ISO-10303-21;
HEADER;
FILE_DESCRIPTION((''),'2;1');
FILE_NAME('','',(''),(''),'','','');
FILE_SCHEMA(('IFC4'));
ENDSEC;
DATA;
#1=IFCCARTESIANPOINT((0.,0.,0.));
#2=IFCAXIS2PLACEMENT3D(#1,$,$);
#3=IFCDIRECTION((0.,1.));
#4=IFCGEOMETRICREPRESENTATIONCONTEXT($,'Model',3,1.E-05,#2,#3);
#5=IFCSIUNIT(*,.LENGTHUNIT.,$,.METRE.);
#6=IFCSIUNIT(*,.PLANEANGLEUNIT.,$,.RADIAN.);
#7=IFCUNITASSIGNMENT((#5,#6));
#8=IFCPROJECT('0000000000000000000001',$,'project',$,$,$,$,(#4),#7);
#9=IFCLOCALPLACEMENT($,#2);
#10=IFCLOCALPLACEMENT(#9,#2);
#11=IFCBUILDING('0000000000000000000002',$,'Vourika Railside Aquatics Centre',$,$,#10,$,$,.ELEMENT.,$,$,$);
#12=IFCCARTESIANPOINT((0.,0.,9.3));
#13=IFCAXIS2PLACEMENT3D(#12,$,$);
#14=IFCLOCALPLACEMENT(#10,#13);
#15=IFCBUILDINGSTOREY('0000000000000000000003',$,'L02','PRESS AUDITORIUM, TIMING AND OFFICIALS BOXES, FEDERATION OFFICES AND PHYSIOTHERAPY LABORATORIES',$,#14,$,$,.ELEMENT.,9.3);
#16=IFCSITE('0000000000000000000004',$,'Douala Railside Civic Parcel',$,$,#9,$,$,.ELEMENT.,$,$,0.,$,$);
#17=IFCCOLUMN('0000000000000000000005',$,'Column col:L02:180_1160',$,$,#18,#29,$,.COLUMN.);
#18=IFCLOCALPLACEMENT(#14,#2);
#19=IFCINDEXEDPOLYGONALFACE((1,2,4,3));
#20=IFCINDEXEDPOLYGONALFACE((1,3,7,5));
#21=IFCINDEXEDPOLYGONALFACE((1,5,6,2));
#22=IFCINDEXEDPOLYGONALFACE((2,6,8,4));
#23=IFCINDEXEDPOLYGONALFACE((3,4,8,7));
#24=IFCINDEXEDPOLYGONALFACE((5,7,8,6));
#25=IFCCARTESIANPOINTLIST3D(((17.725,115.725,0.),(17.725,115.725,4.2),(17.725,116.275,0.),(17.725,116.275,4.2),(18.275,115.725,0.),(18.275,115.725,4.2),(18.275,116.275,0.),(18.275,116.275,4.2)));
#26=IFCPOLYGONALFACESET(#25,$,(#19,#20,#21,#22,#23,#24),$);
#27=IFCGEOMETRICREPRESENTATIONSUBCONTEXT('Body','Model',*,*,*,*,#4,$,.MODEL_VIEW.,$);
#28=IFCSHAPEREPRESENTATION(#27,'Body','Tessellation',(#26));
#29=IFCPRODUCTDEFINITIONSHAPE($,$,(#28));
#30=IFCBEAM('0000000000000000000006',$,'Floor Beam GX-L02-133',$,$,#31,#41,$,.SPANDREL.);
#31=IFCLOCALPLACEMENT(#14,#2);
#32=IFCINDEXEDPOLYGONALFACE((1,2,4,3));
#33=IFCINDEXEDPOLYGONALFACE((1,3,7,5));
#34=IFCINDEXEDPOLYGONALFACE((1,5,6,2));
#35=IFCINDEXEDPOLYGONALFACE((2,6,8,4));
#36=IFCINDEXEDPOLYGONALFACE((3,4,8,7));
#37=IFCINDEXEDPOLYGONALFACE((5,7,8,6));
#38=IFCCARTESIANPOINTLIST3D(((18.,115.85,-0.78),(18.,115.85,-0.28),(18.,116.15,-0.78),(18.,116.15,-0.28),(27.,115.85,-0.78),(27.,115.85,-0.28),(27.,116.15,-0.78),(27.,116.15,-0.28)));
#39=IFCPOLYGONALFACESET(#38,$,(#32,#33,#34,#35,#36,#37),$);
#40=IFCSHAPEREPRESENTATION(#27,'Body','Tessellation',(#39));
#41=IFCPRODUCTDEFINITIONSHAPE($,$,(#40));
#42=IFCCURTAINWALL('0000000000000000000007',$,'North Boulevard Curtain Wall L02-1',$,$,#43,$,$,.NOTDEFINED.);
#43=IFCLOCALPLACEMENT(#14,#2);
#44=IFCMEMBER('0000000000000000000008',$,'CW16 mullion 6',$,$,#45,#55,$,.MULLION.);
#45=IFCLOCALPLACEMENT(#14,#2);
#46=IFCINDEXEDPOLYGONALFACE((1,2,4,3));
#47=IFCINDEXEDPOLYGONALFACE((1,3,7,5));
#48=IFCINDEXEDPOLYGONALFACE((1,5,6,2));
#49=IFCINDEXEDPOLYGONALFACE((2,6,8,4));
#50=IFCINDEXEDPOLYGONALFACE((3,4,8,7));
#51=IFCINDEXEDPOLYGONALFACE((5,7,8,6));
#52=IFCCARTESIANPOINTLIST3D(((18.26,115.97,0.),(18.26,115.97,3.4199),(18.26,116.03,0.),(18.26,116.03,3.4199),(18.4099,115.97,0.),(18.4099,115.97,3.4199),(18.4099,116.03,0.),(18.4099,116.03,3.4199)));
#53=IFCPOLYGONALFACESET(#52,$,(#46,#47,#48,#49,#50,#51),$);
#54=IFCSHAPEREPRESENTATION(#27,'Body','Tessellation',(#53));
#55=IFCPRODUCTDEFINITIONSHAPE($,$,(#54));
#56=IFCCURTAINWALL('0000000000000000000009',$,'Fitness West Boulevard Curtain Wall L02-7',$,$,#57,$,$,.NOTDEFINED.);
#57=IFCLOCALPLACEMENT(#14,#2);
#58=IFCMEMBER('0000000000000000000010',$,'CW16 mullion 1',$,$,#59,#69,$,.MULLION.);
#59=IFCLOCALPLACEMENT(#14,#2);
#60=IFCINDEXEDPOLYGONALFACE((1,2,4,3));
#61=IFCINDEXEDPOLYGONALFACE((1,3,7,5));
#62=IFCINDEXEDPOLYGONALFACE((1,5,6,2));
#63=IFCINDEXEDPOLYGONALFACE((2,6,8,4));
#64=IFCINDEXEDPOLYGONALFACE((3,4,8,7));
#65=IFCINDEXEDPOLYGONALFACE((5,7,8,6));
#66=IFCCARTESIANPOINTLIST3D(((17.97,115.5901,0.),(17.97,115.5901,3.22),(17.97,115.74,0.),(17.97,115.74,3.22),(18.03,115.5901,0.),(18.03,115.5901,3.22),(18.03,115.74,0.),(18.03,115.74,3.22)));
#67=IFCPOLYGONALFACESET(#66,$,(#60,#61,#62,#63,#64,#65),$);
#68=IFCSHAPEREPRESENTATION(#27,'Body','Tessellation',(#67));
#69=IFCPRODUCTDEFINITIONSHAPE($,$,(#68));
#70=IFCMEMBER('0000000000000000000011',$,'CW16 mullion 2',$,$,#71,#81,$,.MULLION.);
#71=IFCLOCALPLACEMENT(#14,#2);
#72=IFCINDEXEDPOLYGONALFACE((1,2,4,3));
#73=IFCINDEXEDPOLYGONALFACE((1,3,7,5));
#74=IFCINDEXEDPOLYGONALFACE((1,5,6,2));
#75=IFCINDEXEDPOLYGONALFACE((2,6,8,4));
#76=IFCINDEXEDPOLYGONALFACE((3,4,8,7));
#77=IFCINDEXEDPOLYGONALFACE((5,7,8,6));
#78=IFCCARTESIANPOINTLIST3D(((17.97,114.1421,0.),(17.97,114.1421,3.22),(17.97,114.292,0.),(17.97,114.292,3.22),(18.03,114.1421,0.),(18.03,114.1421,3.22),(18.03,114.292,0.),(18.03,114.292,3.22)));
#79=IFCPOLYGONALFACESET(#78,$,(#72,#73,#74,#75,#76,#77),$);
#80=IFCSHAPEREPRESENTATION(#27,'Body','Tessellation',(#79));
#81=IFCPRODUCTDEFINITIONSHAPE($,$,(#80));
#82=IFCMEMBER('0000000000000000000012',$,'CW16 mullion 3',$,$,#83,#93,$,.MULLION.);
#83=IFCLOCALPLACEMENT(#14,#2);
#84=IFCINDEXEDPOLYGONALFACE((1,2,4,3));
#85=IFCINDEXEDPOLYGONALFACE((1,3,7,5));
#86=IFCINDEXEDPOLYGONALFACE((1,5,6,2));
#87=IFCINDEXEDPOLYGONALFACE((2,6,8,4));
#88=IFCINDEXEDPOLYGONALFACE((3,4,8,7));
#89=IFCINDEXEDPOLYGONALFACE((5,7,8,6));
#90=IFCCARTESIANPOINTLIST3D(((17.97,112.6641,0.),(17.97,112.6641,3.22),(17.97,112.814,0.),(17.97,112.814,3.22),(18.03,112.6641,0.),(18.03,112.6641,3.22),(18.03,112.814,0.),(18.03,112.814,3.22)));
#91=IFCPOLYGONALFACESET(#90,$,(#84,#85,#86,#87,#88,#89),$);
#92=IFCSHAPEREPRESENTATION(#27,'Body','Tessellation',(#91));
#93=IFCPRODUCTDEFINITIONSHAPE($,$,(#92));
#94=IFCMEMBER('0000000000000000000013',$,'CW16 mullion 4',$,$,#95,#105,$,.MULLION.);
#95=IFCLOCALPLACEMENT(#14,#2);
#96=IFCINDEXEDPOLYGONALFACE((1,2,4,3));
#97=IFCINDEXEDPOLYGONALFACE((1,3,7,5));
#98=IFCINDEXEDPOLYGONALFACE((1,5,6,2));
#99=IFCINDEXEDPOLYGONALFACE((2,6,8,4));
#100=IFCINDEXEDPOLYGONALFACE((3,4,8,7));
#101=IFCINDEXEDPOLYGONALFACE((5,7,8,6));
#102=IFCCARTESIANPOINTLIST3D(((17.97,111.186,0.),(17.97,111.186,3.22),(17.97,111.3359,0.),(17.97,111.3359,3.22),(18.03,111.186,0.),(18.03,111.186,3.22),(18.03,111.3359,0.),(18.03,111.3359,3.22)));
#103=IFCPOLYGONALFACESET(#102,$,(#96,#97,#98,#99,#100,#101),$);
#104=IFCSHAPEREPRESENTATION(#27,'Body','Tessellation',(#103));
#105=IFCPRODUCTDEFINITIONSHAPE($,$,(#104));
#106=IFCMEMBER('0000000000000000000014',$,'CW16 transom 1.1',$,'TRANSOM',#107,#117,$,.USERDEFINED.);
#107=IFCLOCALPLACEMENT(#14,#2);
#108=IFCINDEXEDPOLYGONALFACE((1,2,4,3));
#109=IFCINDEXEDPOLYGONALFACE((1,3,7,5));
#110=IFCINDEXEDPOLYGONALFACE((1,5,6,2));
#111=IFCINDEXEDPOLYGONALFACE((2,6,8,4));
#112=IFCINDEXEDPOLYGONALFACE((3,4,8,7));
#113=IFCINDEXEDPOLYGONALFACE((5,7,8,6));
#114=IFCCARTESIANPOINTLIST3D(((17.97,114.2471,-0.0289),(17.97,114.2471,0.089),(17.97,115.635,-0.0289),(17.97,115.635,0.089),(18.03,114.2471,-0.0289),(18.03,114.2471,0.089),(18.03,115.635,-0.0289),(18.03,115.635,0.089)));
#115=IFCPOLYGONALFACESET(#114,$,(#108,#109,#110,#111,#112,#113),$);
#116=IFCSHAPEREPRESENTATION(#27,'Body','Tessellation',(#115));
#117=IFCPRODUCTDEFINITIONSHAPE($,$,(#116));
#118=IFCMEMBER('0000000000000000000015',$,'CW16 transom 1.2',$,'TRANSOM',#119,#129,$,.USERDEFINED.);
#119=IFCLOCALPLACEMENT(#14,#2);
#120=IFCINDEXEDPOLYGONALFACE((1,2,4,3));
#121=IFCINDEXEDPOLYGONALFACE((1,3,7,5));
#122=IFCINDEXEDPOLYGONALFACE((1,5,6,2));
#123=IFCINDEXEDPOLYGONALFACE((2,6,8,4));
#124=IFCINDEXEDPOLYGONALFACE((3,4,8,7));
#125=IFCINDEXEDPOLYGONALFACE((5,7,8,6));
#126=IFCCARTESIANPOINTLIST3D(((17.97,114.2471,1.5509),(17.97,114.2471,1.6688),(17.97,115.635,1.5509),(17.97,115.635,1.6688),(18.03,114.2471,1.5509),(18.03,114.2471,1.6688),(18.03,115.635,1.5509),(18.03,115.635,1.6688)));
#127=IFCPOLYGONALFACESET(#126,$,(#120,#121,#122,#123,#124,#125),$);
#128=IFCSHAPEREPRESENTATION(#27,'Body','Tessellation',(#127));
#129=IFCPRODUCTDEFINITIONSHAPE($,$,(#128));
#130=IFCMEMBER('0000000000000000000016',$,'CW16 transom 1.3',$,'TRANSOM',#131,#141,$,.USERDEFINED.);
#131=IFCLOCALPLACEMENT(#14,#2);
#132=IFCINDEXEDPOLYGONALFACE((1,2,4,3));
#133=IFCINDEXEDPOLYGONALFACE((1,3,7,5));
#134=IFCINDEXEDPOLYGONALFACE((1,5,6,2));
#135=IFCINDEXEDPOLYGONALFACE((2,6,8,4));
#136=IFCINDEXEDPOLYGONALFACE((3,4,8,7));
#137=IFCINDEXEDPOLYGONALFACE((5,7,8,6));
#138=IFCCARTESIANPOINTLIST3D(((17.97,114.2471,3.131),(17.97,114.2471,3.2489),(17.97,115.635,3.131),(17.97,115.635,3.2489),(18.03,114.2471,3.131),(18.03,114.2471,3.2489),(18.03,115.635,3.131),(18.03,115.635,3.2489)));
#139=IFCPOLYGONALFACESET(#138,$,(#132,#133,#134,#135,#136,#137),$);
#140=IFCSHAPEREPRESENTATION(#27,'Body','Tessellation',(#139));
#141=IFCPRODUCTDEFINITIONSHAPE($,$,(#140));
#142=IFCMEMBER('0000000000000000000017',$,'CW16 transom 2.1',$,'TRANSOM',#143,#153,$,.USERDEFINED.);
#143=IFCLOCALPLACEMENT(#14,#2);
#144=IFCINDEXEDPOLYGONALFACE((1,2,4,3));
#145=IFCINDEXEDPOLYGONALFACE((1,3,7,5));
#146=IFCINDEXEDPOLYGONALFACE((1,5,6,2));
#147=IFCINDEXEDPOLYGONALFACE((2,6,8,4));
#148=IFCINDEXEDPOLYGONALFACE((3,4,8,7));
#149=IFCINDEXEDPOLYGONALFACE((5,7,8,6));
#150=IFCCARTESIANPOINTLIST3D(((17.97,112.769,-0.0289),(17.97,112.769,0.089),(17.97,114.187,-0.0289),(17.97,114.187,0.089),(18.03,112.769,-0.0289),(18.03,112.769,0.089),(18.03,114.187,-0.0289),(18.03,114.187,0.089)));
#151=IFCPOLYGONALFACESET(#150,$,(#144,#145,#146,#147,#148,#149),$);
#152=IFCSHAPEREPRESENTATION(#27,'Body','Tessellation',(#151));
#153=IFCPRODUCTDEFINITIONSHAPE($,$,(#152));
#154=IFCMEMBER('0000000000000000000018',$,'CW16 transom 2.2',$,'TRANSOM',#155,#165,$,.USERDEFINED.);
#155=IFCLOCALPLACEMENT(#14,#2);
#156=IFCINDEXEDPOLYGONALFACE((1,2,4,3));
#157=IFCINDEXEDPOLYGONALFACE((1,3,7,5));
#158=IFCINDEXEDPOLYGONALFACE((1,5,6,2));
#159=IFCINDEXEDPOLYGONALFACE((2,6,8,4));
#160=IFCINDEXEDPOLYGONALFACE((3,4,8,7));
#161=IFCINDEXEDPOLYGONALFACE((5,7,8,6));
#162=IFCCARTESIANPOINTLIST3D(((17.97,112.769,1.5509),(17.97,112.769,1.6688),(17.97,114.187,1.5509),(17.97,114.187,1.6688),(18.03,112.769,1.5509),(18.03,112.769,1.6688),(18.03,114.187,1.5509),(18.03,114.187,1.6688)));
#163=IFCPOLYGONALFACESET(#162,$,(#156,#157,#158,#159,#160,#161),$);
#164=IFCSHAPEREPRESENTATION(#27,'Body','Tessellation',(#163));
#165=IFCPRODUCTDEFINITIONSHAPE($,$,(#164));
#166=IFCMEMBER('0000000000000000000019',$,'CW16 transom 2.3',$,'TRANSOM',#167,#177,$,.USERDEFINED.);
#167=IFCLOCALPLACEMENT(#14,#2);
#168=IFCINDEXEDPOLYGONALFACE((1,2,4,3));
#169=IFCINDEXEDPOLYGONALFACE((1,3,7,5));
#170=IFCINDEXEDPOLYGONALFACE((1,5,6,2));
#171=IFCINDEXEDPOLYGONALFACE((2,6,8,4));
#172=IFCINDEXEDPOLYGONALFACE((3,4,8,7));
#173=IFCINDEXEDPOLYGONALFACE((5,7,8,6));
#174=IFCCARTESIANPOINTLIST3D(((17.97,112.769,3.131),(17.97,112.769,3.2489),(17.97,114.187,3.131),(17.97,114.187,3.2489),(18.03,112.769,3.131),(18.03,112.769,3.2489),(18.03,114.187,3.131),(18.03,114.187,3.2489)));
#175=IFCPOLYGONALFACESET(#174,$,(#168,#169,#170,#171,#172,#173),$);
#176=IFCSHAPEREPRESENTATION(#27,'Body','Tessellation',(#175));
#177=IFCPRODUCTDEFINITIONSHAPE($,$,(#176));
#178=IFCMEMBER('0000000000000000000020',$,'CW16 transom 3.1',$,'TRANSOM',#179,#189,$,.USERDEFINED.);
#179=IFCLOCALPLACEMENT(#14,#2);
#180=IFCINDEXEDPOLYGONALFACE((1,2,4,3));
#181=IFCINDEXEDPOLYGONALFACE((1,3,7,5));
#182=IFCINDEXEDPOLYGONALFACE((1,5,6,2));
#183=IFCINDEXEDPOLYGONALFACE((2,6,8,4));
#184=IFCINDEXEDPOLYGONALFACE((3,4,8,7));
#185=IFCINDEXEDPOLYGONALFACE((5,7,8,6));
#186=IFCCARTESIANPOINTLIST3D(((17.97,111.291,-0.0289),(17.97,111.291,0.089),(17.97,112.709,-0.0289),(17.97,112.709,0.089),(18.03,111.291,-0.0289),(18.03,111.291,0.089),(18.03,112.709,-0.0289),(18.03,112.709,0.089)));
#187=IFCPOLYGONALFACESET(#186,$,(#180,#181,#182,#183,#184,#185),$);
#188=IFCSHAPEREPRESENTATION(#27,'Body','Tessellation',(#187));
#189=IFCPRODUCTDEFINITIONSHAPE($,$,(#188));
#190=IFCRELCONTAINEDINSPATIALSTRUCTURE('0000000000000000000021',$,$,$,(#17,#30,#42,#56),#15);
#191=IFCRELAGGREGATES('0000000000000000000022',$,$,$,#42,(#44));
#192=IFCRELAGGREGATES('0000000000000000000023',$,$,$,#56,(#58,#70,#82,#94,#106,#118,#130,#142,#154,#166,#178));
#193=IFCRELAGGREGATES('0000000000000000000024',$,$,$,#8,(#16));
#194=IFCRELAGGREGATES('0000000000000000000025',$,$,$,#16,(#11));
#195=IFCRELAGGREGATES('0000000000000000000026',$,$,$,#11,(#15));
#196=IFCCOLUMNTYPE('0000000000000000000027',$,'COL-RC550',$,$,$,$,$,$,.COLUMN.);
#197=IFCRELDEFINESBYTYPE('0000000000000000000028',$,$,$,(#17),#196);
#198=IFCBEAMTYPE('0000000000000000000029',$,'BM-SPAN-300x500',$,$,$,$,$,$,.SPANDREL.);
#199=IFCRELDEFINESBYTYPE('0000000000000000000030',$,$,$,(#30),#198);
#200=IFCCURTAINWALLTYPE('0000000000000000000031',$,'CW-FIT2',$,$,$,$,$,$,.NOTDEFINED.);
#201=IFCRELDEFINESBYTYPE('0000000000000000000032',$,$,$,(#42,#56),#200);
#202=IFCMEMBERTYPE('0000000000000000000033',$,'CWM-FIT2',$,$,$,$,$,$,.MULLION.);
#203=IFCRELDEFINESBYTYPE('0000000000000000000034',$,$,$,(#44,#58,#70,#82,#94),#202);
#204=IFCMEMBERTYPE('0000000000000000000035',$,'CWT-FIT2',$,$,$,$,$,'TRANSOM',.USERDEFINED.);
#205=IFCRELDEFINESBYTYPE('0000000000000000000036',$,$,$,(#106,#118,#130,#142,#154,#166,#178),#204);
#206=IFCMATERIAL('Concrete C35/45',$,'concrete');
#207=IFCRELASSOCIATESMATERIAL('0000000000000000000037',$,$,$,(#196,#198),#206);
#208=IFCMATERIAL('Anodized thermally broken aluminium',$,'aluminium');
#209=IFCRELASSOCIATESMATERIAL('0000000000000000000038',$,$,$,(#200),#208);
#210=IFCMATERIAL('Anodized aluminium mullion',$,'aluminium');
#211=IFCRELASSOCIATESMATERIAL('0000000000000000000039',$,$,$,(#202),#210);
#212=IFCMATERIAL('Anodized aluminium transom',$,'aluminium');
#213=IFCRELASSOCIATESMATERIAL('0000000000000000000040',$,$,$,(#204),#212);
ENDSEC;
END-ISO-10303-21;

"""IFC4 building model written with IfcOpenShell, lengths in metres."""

from ifc_helpers import new_model, si_unit, direction, frame, origin, origin_2d, place, context, subcontext, project, spatial, rectangle, extrude, material, material_profile, profile_set, type_object, element, aggregate, save


model = new_model("IFC4")

# Units and contexts
model_context = context("Model", 3, precision=1e-05, world=origin(), true_north=direction((0.0, 1.0)))
body_context = subcontext(model_context, "Body", "Model", "MODEL_VIEW")
ifc_project = project(units=[si_unit("LENGTHUNIT", "METRE"), si_unit("PLANEANGLEUNIT", "RADIAN")], contexts=[model_context])

# Site, building, storey
site_placement = place(None, origin())
site = spatial("IfcSite", under=ifc_project, at=site_placement, Name="Douala Railside Civic Parcel", CompositionType="ELEMENT", RefElevation=0.0)
building_placement = place(site_placement, origin())
building = spatial("IfcBuilding", under=site, at=building_placement, Name="Vourika Railside Aquatics Centre", CompositionType="ELEMENT")
storey_placement = place(building_placement, frame((0.0, 0.0, 9.3)))
storey = spatial("IfcBuildingStorey", under=building, at=storey_placement, Name="L02", Description="PRESS AUDITORIUM, TIMING AND OFFICIALS BOXES, FEDERATION OFFICES AND PHYSIOTHERAPY LABORATORIES", CompositionType="ELEMENT", Elevation=9.3)

# Column
ifc_material_1 = material(Name="Concrete C35/45", Category="concrete")
ifc_material_profile_1 = material_profile(ifc_material_1, rectangle(XDim=0.55, YDim=0.55, at=origin_2d()), Name="RC 550x550")
ifc_profile_set_1 = profile_set([ifc_material_profile_1], Name="Concrete C35/45")
column_type = type_object("IfcColumnType", Name="COL-RC550", PredefinedType="COLUMN", material=ifc_profile_set_1)
column_placement = place(storey_placement, frame((18.0, 116.0, 0.0), z_axis=(0.0, 0.0, 1.0), x_axis=(1.0, 0.0, 0.0)))
element("IfcColumn", 1, at=column_placement, inside=storey, type_object=column_type, Name="Column col:L02:180_1160", PredefinedType="COLUMN", context=body_context, shape_type="SweptSolid", body=[
    extrude(rectangle(XDim=0.55, YDim=0.55, at=origin_2d()), origin(), (0.0, 0.0, 1.0), 4.2),
])

# Beam
ifc_material_profile_2 = material_profile(ifc_material_1, rectangle(XDim=0.3, YDim=0.5, at=origin_2d()), Name="RC 300x500")
ifc_profile_set_2 = profile_set([ifc_material_profile_2], Name="Concrete C35/45")
beam_type = type_object("IfcBeamType", Name="BM-SPAN-300x500", PredefinedType="SPANDREL", material=ifc_profile_set_2)
beam_placement = place(storey_placement, frame((18.0, 116.0, -0.53), z_axis=(1.0, 0.0, 0.0), x_axis=(0.0, 1.0, 0.0)))
element("IfcBeam", 2, at=beam_placement, inside=storey, type_object=beam_type, Name="Floor Beam GX-L02-133", PredefinedType="SPANDREL", context=body_context, shape_type="SweptSolid", body=[
    extrude(rectangle(XDim=0.3, YDim=0.5, at=origin_2d()), origin(), (0.0, 0.0, 1.0), 9.0),
])

# Curtain wall, member
ifc_material_2 = material(Name="Anodized thermally broken aluminium", Category="aluminium")
curtain_wall_type = type_object("IfcCurtainWallType", Name="CW-FIT2", PredefinedType="NOTDEFINED", material=ifc_material_2)
curtain_wall_1_placement = place(storey_placement, origin())
curtain_wall_1 = element("IfcCurtainWall", 3, at=curtain_wall_1_placement, inside=storey, type_object=curtain_wall_type, Name="North Boulevard Curtain Wall L02-1", PredefinedType="NOTDEFINED")
ifc_material_3 = material(Name="Anodized aluminium mullion", Category="aluminium")
ifc_material_profile_3 = material_profile(ifc_material_3, rectangle(XDim=0.0601, YDim=0.1499, at=origin_2d()), Name="ALU-M 60x150")
ifc_profile_set_3 = profile_set([ifc_material_profile_3], Name="Anodized aluminium mullion")
member_type_1 = type_object("IfcMemberType", Name="CWM-FIT2", PredefinedType="MULLION", material=ifc_profile_set_3)
member_1_placement = place(storey_placement, frame((18.335, 116.0, 0.0), z_axis=(0.0, 0.0, 1.0), x_axis=(0.0, -1.0, 0.0)))
member_1 = element("IfcMember", 4, at=member_1_placement, type_object=member_type_1, Name="CW16 mullion 6", PredefinedType="MULLION", context=body_context, shape_type="SweptSolid", body=[
    extrude(rectangle(XDim=0.0601, YDim=0.1499, at=origin_2d()), origin(), (0.0, 0.0, 1.0), 3.4199),
])

# Curtain wall, members
curtain_wall_2_placement = place(storey_placement, origin())
curtain_wall_2 = element("IfcCurtainWall", 5, at=curtain_wall_2_placement, inside=storey, type_object=curtain_wall_type, Name="Fitness West Boulevard Curtain Wall L02-7", PredefinedType="NOTDEFINED")
member_2_placement = place(storey_placement, frame((18.0, 115.665, 0.0), z_axis=(0.0, 0.0, 1.0), x_axis=(1.0, 0.0, 0.0)))
member_2 = element("IfcMember", 6, at=member_2_placement, type_object=member_type_1, Name="CW16 mullion 1", PredefinedType="MULLION", context=body_context, shape_type="SweptSolid", body=[
    extrude(rectangle(XDim=0.0601, YDim=0.1499, at=origin_2d()), origin(), (0.0, 0.0, 1.0), 3.22),
])
member_3_placement = place(storey_placement, frame((18.0, 114.217, 0.0), z_axis=(0.0, 0.0, 1.0), x_axis=(1.0, 0.0, 0.0)))
member_3 = element("IfcMember", 7, at=member_3_placement, type_object=member_type_1, Name="CW16 mullion 2", PredefinedType="MULLION", context=body_context, shape_type="SweptSolid", body=[
    extrude(rectangle(XDim=0.0601, YDim=0.1499, at=origin_2d()), origin(), (0.0, 0.0, 1.0), 3.22),
])
member_4_placement = place(storey_placement, frame((18.0, 112.739, 0.0), z_axis=(0.0, 0.0, 1.0), x_axis=(1.0, 0.0, 0.0)))
member_4 = element("IfcMember", 8, at=member_4_placement, type_object=member_type_1, Name="CW16 mullion 3", PredefinedType="MULLION", context=body_context, shape_type="SweptSolid", body=[
    extrude(rectangle(XDim=0.0601, YDim=0.1499, at=origin_2d()), origin(), (0.0, 0.0, 1.0), 3.22),
])
member_5_placement = place(storey_placement, frame((18.0, 111.261, 0.0), z_axis=(0.0, 0.0, 1.0), x_axis=(1.0, 0.0, 0.0)))
member_5 = element("IfcMember", 9, at=member_5_placement, type_object=member_type_1, Name="CW16 mullion 4", PredefinedType="MULLION", context=body_context, shape_type="SweptSolid", body=[
    extrude(rectangle(XDim=0.0601, YDim=0.1499, at=origin_2d()), origin(), (0.0, 0.0, 1.0), 3.22),
])
ifc_material_4 = material(Name="Anodized aluminium transom", Category="aluminium")
ifc_material_profile_4 = material_profile(ifc_material_4, rectangle(XDim=0.0601, YDim=0.1179, at=origin_2d()), Name="ALU-T 60x118")
ifc_profile_set_4 = profile_set([ifc_material_profile_4], Name="Anodized aluminium transom")
member_type_2 = type_object("IfcMemberType", Name="CWT-FIT2", ElementType="TRANSOM", PredefinedType="USERDEFINED", material=ifc_profile_set_4)
member_6_placement = place(storey_placement, frame((18.0, 115.635, 0.03), z_axis=(0.0, -1.0, 0.0), x_axis=(1.0, 0.0, 0.0)))
member_6 = element("IfcMember", 10, at=member_6_placement, type_object=member_type_2, Name="CW16 transom 1.1", ObjectType="TRANSOM", PredefinedType="USERDEFINED", context=body_context, shape_type="SweptSolid", body=[
    extrude(rectangle(XDim=0.0601, YDim=0.1179, at=origin_2d()), origin(), (0.0, 0.0, 1.0), 1.3879),
])
member_7_placement = place(storey_placement, frame((18.0, 115.635, 1.6099), z_axis=(0.0, -1.0, 0.0), x_axis=(1.0, 0.0, 0.0)))
member_7 = element("IfcMember", 11, at=member_7_placement, type_object=member_type_2, Name="CW16 transom 1.2", ObjectType="TRANSOM", PredefinedType="USERDEFINED", context=body_context, shape_type="SweptSolid", body=[
    extrude(rectangle(XDim=0.0601, YDim=0.1179, at=origin_2d()), origin(), (0.0, 0.0, 1.0), 1.3879),
])
member_8_placement = place(storey_placement, frame((18.0, 115.635, 3.1899), z_axis=(0.0, -1.0, 0.0), x_axis=(1.0, 0.0, 0.0)))
member_8 = element("IfcMember", 12, at=member_8_placement, type_object=member_type_2, Name="CW16 transom 1.3", ObjectType="TRANSOM", PredefinedType="USERDEFINED", context=body_context, shape_type="SweptSolid", body=[
    extrude(rectangle(XDim=0.0601, YDim=0.1179, at=origin_2d()), origin(), (0.0, 0.0, 1.0), 1.3879),
])
member_9_placement = place(storey_placement, frame((18.0, 114.187, 0.03), z_axis=(0.0, -1.0, 0.0), x_axis=(1.0, 0.0, 0.0)))
member_9 = element("IfcMember", 13, at=member_9_placement, type_object=member_type_2, Name="CW16 transom 2.1", ObjectType="TRANSOM", PredefinedType="USERDEFINED", context=body_context, shape_type="SweptSolid", body=[
    extrude(rectangle(XDim=0.0601, YDim=0.1179, at=origin_2d()), origin(), (0.0, 0.0, 1.0), 1.418),
])
member_10_placement = place(storey_placement, frame((18.0, 114.187, 1.6099), z_axis=(0.0, -1.0, 0.0), x_axis=(1.0, 0.0, 0.0)))
member_10 = element("IfcMember", 14, at=member_10_placement, type_object=member_type_2, Name="CW16 transom 2.2", ObjectType="TRANSOM", PredefinedType="USERDEFINED", context=body_context, shape_type="SweptSolid", body=[
    extrude(rectangle(XDim=0.0601, YDim=0.1179, at=origin_2d()), origin(), (0.0, 0.0, 1.0), 1.418),
])
member_11_placement = place(storey_placement, frame((18.0, 114.187, 3.1899), z_axis=(0.0, -1.0, 0.0), x_axis=(1.0, 0.0, 0.0)))
member_11 = element("IfcMember", 15, at=member_11_placement, type_object=member_type_2, Name="CW16 transom 2.3", ObjectType="TRANSOM", PredefinedType="USERDEFINED", context=body_context, shape_type="SweptSolid", body=[
    extrude(rectangle(XDim=0.0601, YDim=0.1179, at=origin_2d()), origin(), (0.0, 0.0, 1.0), 1.418),
])
member_12_placement = place(storey_placement, frame((18.0, 112.709, 0.03), z_axis=(0.0, -1.0, 0.0), x_axis=(1.0, 0.0, 0.0)))
member_12 = element("IfcMember", 16, at=member_12_placement, type_object=member_type_2, Name="CW16 transom 3.1", ObjectType="TRANSOM", PredefinedType="USERDEFINED", context=body_context, shape_type="SweptSolid", body=[
    extrude(rectangle(XDim=0.0601, YDim=0.1179, at=origin_2d()), origin(), (0.0, 0.0, 1.0), 1.418),
])

aggregate(curtain_wall_1, [member_1])
aggregate(curtain_wall_2, [member_2, member_3, member_4, member_5, member_6, member_7, member_8, member_9, member_10, member_11, member_12])

save(model, "model.ifc")
